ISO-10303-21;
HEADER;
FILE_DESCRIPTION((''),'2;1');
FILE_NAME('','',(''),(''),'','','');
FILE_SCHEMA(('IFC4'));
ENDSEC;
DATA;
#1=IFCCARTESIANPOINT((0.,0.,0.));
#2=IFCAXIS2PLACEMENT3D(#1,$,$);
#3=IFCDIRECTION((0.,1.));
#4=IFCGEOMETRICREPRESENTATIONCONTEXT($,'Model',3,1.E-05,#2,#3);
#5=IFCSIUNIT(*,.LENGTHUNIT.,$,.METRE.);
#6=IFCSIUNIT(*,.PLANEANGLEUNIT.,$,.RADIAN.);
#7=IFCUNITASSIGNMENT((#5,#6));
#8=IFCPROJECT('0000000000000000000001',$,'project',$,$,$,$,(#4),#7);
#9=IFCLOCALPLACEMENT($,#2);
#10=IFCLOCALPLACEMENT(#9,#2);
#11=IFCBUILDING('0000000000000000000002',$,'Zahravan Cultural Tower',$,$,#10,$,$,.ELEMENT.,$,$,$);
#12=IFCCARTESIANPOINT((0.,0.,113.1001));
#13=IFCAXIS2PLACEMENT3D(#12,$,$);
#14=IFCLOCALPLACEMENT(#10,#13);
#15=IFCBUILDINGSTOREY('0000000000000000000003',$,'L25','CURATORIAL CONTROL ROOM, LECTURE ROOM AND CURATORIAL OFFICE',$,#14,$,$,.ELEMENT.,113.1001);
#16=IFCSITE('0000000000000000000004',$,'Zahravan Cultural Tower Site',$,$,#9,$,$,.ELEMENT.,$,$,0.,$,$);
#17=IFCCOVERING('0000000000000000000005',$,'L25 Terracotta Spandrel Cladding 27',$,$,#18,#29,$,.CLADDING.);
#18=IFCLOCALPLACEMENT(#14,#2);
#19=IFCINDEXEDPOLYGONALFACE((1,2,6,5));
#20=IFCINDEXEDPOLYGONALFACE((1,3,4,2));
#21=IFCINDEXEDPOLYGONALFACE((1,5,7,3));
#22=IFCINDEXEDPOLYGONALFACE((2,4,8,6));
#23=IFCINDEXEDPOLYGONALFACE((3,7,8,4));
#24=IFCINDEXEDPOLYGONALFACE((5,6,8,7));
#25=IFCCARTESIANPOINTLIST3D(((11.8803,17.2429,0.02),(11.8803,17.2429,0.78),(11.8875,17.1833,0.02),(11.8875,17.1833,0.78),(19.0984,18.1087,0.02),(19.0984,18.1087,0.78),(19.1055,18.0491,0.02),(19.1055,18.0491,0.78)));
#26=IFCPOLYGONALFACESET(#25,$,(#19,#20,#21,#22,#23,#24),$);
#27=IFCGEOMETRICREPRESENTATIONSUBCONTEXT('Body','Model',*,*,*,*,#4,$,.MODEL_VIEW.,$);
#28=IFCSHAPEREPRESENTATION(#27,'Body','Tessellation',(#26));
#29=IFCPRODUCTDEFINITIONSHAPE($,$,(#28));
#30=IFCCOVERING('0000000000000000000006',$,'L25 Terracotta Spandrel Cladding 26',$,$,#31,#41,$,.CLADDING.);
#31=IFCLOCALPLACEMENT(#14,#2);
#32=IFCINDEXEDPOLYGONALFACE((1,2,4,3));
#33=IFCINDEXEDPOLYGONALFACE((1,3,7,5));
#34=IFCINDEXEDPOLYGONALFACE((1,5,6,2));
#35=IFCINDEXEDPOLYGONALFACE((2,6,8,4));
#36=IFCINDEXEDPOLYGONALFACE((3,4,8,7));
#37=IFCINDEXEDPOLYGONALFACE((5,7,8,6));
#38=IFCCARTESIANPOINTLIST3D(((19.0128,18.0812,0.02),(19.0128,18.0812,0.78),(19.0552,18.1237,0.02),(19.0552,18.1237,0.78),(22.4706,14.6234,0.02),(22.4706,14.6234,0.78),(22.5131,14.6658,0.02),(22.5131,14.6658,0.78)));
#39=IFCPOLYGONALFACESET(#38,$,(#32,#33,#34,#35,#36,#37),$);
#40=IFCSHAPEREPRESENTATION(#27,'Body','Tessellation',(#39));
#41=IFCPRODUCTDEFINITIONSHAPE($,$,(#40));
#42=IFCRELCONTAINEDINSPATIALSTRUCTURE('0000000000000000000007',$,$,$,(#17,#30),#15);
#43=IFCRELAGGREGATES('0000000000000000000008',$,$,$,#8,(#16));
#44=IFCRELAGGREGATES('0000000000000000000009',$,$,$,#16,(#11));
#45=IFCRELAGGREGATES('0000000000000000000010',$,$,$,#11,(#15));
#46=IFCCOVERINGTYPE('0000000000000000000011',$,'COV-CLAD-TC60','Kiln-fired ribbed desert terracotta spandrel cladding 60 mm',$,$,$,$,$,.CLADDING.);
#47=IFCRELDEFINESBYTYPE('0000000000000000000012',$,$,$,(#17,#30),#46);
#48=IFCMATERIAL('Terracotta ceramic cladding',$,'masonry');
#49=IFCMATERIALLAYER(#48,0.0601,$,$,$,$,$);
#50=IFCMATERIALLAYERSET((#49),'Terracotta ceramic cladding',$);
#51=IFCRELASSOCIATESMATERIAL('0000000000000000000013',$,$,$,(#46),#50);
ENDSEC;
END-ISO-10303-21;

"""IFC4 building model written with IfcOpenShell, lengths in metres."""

from ifc_helpers import new_model, si_unit, direction, frame, origin, origin_2d, place, context, subcontext, project, spatial, rectangle, extrude, source, transform, mapped, material, layer, layer_set, type_object, element, save


model = new_model("IFC4")

# Units and contexts
model_context = context("Model", 3, precision=1e-05, world=origin(), true_north=direction((0.0, 1.0)))
body_context = subcontext(model_context, "Body", "Model", "MODEL_VIEW")
ifc_project = project(units=[si_unit("LENGTHUNIT", "METRE"), si_unit("PLANEANGLEUNIT", "RADIAN")], contexts=[model_context])

# Site, building, storey
site_placement = place(None, origin())
site = spatial("IfcSite", under=ifc_project, at=site_placement, Name="Zahravan Cultural Tower Site", CompositionType="ELEMENT", RefElevation=0.0)
building_placement = place(site_placement, origin())
building = spatial("IfcBuilding", under=site, at=building_placement, Name="Zahravan Cultural Tower", CompositionType="ELEMENT")
storey_placement = place(building_placement, frame((0.0, 0.0, 113.1001)))
storey = spatial("IfcBuildingStorey", under=building, at=storey_placement, Name="L25", Description="CURATORIAL CONTROL ROOM, LECTURE ROOM AND CURATORIAL OFFICE", CompositionType="ELEMENT", Elevation=113.1001)

# Coverings
ifc_material_1 = material(Name="Terracotta ceramic cladding", Category="masonry")
ifc_layer_1 = layer(ifc_material_1, 0.0601)
ifc_layer_set_1 = layer_set([ifc_layer_1], Name="Terracotta ceramic cladding")
covering_type_1 = type_object("IfcCoveringType", Name="COV-CLAD-TC60", Description="Kiln-fired ribbed desert terracotta spandrel cladding 60 mm", PredefinedType="CLADDING", material=ifc_layer_set_1)
shared_shape_1 = source(origin(), body_context, "Body", "SweptSolid", [
    extrude(rectangle(XDim=7.2698, YDim=0.0601, at=origin_2d()), origin(), (0.0, 0.0, 1.0), 0.76),
])
covering_1_placement = place(storey_placement, frame((15.4929, 17.646, 0.02), z_axis=(0.0, 0.0, 1.0), x_axis=(-0.992883, -0.119097, 0.0)))
element("IfcCovering", 1, at=covering_1_placement, inside=storey, type_object=covering_type_1, Name="L25 Terracotta Spandrel Cladding 27", PredefinedType="CLADDING", context=body_context, shape_type="MappedRepresentation", body=[
    mapped(shared_shape_1, transform((0.0, 0.0, 0.0), x_axis=(1.0, 0.0, 0.0), y_axis=(0.0, 1.0, 0.0), z_axis=(0.0, 0.0, 1.0), scale=1.0)),
])
shared_shape_2 = source(origin(), body_context, "Body", "SweptSolid", [
    extrude(rectangle(XDim=4.8901, YDim=0.0601, at=origin_2d()), origin(), (0.0, 0.0, 1.0), 0.76),
])
covering_2_placement = place(storey_placement, frame((20.7629, 16.3735, 0.02), z_axis=(0.0, 0.0, 1.0), x_axis=(-0.707107, 0.707107, 0.0)))
element("IfcCovering", 2, at=covering_2_placement, inside=storey, type_object=covering_type_1, Name="L25 Terracotta Spandrel Cladding 26", PredefinedType="CLADDING", context=body_context, shape_type="MappedRepresentation", body=[
    mapped(shared_shape_2, transform((0.0, 0.0, 0.0), x_axis=(1.0, 0.0, 0.0), y_axis=(0.0, 1.0, 0.0), z_axis=(0.0, 0.0, 1.0), scale=1.0)),
])

save(model, "model.ifc")
